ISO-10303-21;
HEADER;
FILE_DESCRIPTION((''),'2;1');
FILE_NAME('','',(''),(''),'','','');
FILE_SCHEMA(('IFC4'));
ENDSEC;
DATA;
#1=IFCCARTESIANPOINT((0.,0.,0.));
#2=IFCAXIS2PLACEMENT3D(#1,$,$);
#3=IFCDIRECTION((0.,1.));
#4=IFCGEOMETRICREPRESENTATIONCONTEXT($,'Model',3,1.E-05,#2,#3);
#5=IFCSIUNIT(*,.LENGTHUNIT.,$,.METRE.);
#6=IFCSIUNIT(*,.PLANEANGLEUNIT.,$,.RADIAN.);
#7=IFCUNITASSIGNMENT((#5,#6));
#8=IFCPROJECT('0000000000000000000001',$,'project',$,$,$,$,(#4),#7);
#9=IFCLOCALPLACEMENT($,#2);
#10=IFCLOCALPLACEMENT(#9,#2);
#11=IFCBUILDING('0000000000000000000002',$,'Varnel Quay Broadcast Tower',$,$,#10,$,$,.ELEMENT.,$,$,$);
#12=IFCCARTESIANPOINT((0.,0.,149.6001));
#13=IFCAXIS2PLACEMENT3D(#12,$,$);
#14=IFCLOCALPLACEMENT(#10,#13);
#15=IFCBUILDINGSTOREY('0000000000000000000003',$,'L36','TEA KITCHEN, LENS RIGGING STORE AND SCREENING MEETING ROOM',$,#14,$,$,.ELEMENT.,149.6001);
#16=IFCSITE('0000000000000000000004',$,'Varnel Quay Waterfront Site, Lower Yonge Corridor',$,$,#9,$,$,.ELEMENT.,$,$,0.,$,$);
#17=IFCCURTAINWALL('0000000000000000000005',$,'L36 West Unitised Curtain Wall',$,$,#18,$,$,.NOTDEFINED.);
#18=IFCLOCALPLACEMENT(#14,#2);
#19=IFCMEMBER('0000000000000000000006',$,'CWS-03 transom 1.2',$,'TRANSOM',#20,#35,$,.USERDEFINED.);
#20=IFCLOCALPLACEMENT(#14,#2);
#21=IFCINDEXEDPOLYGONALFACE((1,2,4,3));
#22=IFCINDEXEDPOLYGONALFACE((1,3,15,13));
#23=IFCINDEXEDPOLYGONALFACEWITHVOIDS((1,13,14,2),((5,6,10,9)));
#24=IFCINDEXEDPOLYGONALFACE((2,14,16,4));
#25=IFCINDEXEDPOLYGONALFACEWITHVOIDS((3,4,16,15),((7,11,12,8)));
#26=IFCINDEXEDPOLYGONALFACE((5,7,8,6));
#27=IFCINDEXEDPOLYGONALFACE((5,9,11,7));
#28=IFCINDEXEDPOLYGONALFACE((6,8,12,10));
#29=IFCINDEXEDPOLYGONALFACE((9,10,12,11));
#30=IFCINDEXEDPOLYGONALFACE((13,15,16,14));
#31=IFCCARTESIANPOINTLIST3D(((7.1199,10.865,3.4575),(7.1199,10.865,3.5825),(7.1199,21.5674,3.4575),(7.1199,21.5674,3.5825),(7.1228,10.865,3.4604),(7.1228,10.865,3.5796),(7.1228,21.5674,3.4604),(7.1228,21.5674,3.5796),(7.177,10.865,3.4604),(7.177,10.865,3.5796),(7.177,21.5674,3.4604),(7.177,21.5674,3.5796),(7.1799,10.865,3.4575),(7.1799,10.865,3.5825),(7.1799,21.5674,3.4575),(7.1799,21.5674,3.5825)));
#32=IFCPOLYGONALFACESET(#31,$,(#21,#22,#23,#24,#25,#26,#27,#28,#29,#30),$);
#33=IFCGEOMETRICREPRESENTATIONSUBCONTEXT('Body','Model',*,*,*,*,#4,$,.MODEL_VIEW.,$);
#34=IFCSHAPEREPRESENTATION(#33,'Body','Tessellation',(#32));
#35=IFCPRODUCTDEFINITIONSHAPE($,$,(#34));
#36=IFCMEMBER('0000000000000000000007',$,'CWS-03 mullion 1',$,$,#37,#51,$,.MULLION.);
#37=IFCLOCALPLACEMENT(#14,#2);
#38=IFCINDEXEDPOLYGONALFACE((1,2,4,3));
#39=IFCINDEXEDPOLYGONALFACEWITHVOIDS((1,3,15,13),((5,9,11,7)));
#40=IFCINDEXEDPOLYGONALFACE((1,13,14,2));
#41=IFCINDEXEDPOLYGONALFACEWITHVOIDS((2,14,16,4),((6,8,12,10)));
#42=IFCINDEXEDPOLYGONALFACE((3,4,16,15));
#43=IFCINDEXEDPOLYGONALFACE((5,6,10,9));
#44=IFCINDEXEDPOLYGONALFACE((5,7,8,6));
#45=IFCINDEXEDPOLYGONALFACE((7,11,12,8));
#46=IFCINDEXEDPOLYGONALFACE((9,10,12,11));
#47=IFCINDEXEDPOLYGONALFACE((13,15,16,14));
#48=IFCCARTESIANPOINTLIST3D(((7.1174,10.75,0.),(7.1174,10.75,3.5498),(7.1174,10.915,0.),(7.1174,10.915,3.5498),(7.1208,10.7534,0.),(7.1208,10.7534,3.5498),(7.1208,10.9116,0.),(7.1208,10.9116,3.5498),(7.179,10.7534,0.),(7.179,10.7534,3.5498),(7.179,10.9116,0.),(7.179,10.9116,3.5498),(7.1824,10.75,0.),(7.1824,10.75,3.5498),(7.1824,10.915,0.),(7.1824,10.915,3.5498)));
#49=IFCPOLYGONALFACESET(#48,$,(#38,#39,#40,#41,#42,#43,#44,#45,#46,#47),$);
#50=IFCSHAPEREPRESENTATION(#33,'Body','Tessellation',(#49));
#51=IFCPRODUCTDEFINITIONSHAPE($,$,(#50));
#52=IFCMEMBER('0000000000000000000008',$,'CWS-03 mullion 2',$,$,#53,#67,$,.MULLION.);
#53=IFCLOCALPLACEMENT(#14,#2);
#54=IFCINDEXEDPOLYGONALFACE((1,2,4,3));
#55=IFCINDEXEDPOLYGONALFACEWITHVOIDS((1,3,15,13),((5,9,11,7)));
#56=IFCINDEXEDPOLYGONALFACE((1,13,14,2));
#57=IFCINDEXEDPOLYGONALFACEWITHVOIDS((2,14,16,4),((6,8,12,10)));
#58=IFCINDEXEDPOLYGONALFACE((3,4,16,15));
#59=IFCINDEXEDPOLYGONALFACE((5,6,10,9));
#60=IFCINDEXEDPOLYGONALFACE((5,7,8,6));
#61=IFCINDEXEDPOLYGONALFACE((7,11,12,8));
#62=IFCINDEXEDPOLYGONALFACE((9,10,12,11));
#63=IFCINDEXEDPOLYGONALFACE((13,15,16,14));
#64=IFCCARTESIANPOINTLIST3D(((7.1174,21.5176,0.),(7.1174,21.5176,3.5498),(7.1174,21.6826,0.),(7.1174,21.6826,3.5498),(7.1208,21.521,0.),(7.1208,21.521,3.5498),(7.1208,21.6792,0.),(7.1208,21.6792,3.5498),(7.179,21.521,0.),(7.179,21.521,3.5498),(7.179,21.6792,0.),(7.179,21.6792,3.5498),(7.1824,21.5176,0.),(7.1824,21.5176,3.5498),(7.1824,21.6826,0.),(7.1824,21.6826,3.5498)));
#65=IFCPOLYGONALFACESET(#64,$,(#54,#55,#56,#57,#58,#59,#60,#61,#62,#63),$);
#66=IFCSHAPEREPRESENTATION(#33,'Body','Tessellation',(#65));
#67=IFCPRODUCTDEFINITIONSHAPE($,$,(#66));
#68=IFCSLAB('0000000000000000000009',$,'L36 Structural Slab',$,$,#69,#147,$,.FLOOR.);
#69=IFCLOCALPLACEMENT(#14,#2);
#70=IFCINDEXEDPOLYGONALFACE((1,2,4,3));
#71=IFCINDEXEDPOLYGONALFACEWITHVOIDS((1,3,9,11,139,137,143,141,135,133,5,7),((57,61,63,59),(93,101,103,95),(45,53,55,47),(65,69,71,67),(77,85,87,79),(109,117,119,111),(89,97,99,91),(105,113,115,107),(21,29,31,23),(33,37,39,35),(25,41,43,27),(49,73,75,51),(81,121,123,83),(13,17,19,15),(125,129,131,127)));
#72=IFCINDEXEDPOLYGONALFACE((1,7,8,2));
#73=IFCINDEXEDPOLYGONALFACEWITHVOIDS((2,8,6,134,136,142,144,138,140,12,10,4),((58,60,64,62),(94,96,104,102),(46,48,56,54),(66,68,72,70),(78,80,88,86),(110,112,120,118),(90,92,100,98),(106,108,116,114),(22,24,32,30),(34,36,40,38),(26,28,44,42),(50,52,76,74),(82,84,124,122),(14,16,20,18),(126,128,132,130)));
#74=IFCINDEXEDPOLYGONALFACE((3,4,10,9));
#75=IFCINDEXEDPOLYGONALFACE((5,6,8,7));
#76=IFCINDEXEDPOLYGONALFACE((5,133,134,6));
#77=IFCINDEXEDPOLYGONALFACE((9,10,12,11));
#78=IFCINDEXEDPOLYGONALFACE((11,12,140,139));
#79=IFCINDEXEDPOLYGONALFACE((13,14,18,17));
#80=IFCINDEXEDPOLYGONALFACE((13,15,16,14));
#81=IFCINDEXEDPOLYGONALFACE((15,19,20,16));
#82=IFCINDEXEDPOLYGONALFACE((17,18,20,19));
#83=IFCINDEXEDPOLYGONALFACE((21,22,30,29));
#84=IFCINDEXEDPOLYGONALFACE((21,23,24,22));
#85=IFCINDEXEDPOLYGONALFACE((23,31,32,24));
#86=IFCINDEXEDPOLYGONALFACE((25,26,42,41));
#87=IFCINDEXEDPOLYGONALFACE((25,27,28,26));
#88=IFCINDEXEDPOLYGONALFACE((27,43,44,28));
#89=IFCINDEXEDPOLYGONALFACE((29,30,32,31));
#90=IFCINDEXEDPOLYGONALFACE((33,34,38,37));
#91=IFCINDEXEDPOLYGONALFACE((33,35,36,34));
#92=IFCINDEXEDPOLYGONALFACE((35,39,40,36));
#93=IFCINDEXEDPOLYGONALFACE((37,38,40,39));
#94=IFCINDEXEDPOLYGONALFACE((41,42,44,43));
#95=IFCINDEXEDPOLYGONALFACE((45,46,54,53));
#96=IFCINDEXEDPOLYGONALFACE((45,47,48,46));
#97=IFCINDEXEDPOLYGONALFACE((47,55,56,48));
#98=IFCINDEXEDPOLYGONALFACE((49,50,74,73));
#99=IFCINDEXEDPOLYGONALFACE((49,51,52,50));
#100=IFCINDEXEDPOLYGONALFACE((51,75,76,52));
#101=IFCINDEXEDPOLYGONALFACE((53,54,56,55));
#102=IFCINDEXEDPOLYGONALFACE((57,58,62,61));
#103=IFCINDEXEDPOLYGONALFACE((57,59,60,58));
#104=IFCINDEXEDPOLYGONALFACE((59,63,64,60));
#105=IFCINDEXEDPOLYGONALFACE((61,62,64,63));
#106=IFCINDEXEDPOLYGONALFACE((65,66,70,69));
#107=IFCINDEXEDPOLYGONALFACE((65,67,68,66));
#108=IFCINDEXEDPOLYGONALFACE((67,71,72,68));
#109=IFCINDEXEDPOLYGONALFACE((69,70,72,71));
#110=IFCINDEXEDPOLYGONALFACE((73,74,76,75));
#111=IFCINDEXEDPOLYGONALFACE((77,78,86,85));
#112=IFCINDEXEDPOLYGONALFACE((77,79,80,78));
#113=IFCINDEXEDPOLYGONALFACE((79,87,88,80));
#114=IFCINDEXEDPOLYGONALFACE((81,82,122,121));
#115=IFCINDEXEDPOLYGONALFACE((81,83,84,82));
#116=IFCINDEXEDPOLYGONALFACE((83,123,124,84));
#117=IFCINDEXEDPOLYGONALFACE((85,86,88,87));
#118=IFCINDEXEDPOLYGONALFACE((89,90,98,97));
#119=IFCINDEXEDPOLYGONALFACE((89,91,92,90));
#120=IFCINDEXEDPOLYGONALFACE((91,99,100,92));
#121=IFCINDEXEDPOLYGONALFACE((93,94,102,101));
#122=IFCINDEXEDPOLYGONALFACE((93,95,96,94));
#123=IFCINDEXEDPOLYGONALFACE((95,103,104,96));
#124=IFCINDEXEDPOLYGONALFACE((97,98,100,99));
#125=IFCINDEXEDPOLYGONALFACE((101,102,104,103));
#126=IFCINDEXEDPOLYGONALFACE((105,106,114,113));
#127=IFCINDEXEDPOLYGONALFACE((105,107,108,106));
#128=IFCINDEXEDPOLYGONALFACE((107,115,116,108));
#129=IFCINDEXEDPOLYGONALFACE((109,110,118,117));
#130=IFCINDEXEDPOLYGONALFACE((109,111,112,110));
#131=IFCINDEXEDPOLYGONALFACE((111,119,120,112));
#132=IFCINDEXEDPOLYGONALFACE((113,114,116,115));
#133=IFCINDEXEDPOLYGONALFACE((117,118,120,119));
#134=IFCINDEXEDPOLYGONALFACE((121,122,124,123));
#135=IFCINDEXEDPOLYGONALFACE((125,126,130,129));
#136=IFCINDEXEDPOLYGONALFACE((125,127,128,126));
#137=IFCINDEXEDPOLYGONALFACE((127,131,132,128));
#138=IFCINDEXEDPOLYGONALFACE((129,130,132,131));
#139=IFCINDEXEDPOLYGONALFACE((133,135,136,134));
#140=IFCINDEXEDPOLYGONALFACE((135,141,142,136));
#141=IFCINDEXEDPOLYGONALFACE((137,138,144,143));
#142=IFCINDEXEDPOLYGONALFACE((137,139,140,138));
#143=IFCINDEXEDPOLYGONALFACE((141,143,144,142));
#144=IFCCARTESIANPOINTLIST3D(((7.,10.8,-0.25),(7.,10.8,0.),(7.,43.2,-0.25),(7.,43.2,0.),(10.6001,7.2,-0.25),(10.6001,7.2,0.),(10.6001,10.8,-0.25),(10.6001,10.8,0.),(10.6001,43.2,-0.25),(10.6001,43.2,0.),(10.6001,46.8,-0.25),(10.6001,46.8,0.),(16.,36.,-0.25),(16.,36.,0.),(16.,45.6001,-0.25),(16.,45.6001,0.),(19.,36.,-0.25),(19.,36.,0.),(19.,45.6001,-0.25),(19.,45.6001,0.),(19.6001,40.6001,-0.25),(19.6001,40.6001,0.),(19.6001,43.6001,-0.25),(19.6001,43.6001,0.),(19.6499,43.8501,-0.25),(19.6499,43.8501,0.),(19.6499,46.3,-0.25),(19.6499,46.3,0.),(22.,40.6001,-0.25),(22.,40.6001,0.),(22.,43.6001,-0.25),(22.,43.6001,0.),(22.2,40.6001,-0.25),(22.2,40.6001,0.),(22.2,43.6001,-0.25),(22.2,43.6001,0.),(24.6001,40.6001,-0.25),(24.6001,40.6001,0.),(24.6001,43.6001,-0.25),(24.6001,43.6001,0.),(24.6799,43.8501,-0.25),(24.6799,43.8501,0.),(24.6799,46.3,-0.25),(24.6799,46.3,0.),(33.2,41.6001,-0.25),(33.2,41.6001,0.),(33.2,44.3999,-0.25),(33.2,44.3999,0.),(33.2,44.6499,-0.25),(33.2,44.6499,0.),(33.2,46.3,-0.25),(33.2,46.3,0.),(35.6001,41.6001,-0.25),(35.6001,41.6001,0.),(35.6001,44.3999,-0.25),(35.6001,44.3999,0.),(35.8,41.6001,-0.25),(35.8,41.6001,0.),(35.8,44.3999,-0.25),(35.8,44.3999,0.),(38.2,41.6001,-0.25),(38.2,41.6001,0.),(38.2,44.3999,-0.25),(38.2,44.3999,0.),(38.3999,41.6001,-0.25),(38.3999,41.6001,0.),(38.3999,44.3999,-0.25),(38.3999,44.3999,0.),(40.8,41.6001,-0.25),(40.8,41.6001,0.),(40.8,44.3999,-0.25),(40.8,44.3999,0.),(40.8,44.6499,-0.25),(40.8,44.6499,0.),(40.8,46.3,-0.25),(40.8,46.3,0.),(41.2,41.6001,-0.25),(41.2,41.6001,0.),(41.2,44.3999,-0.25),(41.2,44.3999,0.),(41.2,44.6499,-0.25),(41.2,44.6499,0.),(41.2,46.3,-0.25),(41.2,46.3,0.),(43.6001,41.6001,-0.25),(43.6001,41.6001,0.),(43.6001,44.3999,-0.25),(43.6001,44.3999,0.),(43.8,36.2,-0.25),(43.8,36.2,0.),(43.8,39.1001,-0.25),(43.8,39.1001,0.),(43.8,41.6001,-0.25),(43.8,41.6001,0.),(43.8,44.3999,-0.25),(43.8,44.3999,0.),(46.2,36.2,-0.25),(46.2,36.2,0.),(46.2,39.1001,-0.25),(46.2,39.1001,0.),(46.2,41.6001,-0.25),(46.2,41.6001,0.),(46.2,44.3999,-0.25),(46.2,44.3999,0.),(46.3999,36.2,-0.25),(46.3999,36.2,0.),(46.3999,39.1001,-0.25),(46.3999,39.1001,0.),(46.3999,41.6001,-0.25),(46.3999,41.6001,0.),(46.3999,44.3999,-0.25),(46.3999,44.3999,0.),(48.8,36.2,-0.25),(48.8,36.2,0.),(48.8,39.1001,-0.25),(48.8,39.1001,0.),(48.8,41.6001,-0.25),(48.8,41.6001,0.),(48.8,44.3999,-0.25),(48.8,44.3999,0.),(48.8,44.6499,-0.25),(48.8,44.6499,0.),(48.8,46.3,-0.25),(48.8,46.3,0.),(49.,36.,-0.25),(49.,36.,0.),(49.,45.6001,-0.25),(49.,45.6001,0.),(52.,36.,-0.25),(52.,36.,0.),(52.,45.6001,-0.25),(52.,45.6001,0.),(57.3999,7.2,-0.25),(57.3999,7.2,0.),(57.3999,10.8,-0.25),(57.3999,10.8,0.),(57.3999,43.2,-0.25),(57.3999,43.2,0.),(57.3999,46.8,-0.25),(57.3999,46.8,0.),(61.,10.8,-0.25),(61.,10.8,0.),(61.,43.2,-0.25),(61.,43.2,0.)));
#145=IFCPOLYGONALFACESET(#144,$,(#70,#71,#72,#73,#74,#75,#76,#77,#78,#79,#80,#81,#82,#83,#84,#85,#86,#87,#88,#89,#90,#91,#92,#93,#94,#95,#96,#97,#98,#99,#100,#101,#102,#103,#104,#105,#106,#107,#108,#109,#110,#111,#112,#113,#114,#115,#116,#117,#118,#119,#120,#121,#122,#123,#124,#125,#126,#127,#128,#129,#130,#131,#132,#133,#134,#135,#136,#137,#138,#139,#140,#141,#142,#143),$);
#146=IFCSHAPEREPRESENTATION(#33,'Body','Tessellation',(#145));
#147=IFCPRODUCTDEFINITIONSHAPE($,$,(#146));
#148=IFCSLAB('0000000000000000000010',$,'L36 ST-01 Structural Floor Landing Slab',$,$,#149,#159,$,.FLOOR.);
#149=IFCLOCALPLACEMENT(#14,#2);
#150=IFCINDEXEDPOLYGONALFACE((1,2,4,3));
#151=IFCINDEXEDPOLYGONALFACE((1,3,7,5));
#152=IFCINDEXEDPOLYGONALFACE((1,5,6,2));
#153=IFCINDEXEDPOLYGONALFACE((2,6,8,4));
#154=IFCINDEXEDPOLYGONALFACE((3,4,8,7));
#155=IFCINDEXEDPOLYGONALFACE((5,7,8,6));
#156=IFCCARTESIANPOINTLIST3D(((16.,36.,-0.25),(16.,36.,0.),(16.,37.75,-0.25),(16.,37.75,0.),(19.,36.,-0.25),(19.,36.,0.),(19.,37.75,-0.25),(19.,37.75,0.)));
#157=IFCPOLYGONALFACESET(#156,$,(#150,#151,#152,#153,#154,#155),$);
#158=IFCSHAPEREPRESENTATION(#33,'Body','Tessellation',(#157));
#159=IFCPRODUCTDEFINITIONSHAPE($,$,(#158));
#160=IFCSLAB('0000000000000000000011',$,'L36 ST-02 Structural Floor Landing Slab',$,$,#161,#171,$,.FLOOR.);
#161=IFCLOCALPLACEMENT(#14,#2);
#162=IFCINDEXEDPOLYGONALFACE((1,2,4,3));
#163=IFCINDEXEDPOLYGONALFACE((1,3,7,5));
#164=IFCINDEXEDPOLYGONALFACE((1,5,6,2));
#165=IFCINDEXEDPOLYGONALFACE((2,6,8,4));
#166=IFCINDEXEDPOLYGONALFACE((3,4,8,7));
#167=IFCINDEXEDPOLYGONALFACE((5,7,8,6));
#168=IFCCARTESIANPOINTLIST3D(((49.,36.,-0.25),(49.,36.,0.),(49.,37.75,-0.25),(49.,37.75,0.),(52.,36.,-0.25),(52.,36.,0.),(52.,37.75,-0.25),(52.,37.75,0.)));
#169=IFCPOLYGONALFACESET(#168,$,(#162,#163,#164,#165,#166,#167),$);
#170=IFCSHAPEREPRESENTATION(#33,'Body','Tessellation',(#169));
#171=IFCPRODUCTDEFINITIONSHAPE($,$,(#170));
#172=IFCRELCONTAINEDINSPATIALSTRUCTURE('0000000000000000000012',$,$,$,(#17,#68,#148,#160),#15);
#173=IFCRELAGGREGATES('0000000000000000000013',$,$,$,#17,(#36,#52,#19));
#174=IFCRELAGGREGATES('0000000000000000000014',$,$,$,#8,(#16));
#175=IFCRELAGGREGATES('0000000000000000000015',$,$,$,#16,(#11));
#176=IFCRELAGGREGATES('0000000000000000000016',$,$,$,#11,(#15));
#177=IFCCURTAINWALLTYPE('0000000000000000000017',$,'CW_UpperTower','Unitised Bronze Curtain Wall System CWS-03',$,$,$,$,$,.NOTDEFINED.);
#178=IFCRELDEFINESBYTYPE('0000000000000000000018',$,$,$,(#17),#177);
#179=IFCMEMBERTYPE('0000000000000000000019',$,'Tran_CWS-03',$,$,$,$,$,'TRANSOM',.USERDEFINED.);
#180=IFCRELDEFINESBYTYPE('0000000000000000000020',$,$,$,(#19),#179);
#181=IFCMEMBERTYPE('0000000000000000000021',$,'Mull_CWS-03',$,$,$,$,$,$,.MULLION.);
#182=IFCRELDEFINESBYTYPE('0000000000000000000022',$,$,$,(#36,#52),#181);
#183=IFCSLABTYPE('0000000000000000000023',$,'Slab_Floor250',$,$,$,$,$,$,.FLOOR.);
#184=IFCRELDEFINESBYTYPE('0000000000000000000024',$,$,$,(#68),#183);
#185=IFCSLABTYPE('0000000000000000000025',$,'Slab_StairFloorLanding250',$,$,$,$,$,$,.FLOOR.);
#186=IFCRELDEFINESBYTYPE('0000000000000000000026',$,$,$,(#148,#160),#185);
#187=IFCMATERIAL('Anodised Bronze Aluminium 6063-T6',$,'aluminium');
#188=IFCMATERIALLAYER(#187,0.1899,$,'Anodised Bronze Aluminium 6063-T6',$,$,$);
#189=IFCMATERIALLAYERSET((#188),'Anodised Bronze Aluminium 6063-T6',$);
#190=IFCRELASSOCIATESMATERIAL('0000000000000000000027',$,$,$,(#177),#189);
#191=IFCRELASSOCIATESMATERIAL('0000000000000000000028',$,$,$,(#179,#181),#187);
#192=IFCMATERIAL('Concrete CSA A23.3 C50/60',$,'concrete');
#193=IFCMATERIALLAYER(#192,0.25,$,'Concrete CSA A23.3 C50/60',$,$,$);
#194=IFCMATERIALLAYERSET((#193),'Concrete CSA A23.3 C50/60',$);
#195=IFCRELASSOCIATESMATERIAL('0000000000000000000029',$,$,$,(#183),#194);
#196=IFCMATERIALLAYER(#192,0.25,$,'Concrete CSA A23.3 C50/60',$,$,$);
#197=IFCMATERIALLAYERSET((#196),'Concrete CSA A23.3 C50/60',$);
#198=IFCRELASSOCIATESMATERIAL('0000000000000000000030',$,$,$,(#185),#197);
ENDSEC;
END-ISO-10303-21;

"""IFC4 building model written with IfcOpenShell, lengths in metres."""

from ifc_helpers import new_model, si_unit, direction, frame, origin, origin_2d, place, context, subcontext, project, spatial, polyline, hollow_rectangle, outline, extrude, source, transform, mapped, material, layer, layer_set, material_profile, profile_set, type_object, type_shapes, element, aggregate, save


model = new_model("IFC4")

# Units and contexts
model_context = context("Model", 3, precision=1e-05, world=origin(), true_north=direction((0.0, 1.0)))
body_context = subcontext(model_context, "Body", "Model", "MODEL_VIEW")
ifc_project = project(units=[si_unit("LENGTHUNIT", "METRE"), si_unit("PLANEANGLEUNIT", "RADIAN")], contexts=[model_context])

# Site, building, storey
site_placement = place(None, origin())
site = spatial("IfcSite", under=ifc_project, at=site_placement, Name="Varnel Quay Waterfront Site, Lower Yonge Corridor", CompositionType="ELEMENT", RefElevation=0.0)
building_placement = place(site_placement, origin())
building = spatial("IfcBuilding", under=site, at=building_placement, Name="Varnel Quay Broadcast Tower", CompositionType="ELEMENT")
storey_placement = place(building_placement, frame((0.0, 0.0, 149.6001)))
storey = spatial("IfcBuildingStorey", under=building, at=storey_placement, Name="L36", Description="TEA KITCHEN, LENS RIGGING STORE AND SCREENING MEETING ROOM", CompositionType="ELEMENT", Elevation=149.6001)

# Curtain wall, members
ifc_material_1 = material(Name="Anodised Bronze Aluminium 6063-T6", Category="aluminium")
ifc_layer_1 = layer(ifc_material_1, 0.1899, Name="Anodised Bronze Aluminium 6063-T6")
ifc_layer_set_1 = layer_set([ifc_layer_1], Name="Anodised Bronze Aluminium 6063-T6")
curtain_wall_type_1 = type_object("IfcCurtainWallType", Name="CW_UpperTower", Description="Unitised Bronze Curtain Wall System CWS-03", PredefinedType="NOTDEFINED", material=ifc_layer_set_1)
curtain_wall_1_placement = place(storey_placement, origin())
curtain_wall_1 = element("IfcCurtainWall", 1, at=curtain_wall_1_placement, inside=storey, type_object=curtain_wall_type_1, Name="L36 West Unitised Curtain Wall", PredefinedType="NOTDEFINED")
ifc_material_profile_1 = material_profile(ifc_material_1, hollow_rectangle(XDim=0.0601, YDim=0.125, WallThickness=0.0029, at=origin_2d()), Name="ALU60X125X3")
ifc_profile_set_1 = profile_set([ifc_material_profile_1], Name="Anodised Bronze Aluminium 6063-T6")
member_type_1 = type_object("IfcMemberType", Name="Tran_CWS-03", ElementType="TRANSOM", PredefinedType="USERDEFINED", material=ifc_profile_set_1)
shared_shape_1 = source(origin(), body_context, "Body", "SweptSolid", [
    extrude(hollow_rectangle(XDim=0.0601, YDim=0.125, WallThickness=0.0029, at=origin_2d()), origin(), (0.0, 0.0, 1.0), 10.7024),
])
type_shapes(member_type_1, [shared_shape_1])
member_1_placement = place(storey_placement, frame((7.1499, 10.865, 3.52), z_axis=(0.0, 1.0, 0.0), x_axis=(-1.0, 0.0, 0.0)))
member_1 = element("IfcMember", 2, at=member_1_placement, type_object=member_type_1, Name="CWS-03 transom 1.2", ObjectType="TRANSOM", PredefinedType="USERDEFINED", context=body_context, shape_type="MappedRepresentation", body=[
    mapped(shared_shape_1, transform((0.0, 0.0, 0.0), x_axis=(1.0, 0.0, 0.0), y_axis=(0.0, 1.0, 0.0), z_axis=(0.0, 0.0, 1.0), scale=1.0)),
])
ifc_material_profile_2 = material_profile(ifc_material_1, hollow_rectangle(XDim=0.0649, YDim=0.165, WallThickness=0.0034, at=origin_2d()), Name="ALU65X165X3.5")
ifc_profile_set_2 = profile_set([ifc_material_profile_2], Name="Anodised Bronze Aluminium 6063-T6")
member_type_2 = type_object("IfcMemberType", Name="Mull_CWS-03", PredefinedType="MULLION", material=ifc_profile_set_2)
shared_shape_2 = source(origin(), body_context, "Body", "SweptSolid", [
    extrude(hollow_rectangle(XDim=0.0649, YDim=0.165, WallThickness=0.0034, at=origin_2d()), origin(), (0.0, 0.0, 1.0), 3.5498),
])
type_shapes(member_type_2, [shared_shape_2])
member_2_placement = place(storey_placement, frame((7.1499, 10.8325, 0.0), z_axis=(0.0, 0.0, 1.0), x_axis=(-1.0, 0.0, 0.0)))
member_2 = element("IfcMember", 3, at=member_2_placement, type_object=member_type_2, Name="CWS-03 mullion 1", PredefinedType="MULLION", context=body_context, shape_type="MappedRepresentation", body=[
    mapped(shared_shape_2, transform((0.0, 0.0, 0.0), x_axis=(1.0, 0.0, 0.0), y_axis=(0.0, 1.0, 0.0), z_axis=(0.0, 0.0, 1.0), scale=1.0)),
])
member_3_placement = place(storey_placement, frame((7.1499, 21.6001, 0.0), z_axis=(0.0, 0.0, 1.0), x_axis=(-1.0, 0.0, 0.0)))
member_3 = element("IfcMember", 4, at=member_3_placement, type_object=member_type_2, Name="CWS-03 mullion 2", PredefinedType="MULLION", context=body_context, shape_type="MappedRepresentation", body=[
    mapped(shared_shape_2, transform((0.0, 0.0, 0.0), x_axis=(1.0, 0.0, 0.0), y_axis=(0.0, 1.0, 0.0), z_axis=(0.0, 0.0, 1.0), scale=1.0)),
])

# Slabs
ifc_material_2 = material(Name="Concrete CSA A23.3 C50/60", Category="concrete")
ifc_layer_2 = layer(ifc_material_2, 0.25, Name="Concrete CSA A23.3 C50/60")
ifc_layer_set_2 = layer_set([ifc_layer_2], Name="Concrete CSA A23.3 C50/60")
slab_type_1 = type_object("IfcSlabType", Name="Slab_Floor250", PredefinedType="FLOOR", material=ifc_layer_set_2)
slab_1_placement = place(storey_placement, frame((0.0, 0.0, -0.25)))
element("IfcSlab", 5, at=slab_1_placement, inside=storey, type_object=slab_type_1, Name="L36 Structural Slab", PredefinedType="FLOOR", context=body_context, shape_type="SweptSolid", body=[
    extrude(outline(polyline([(10.6001, 7.2), (57.3999, 7.2), (57.3999, 10.8), (61.0, 10.8), (61.0, 43.2), (57.3999, 43.2), (57.3999, 46.8), (10.6001, 46.8), (10.6001, 43.2), (7.0, 43.2), (7.0, 10.8), (10.6001, 10.8), (10.6001, 7.2)]), holes=[polyline([(19.0, 36.0), (16.0, 36.0), (16.0, 45.6001), (19.0, 45.6001), (19.0, 36.0)]), polyline([(19.6001, 43.6001), (22.0, 43.6001), (22.0, 40.6001), (19.6001, 40.6001), (19.6001, 43.6001)]), polyline([(22.2, 43.6001), (24.6001, 43.6001), (24.6001, 40.6001), (22.2, 40.6001), (22.2, 43.6001)]), polyline([(33.2, 44.3999), (35.6001, 44.3999), (35.6001, 41.6001), (33.2, 41.6001), (33.2, 44.3999)]), polyline([(35.8, 44.3999), (38.2, 44.3999), (38.2, 41.6001), (35.8, 41.6001), (35.8, 44.3999)]), polyline([(38.3999, 44.3999), (40.8, 44.3999), (40.8, 41.6001), (38.3999, 41.6001), (38.3999, 44.3999)]), polyline([(19.6499, 46.3), (24.6799, 46.3), (24.6799, 43.8501), (19.6499, 43.8501), (19.6499, 46.3)]), polyline([(33.2, 46.3), (40.8, 46.3), (40.8, 44.6499), (33.2, 44.6499), (33.2, 46.3)]), polyline([(43.8, 39.1001), (46.2, 39.1001), (46.2, 36.2), (43.8, 36.2), (43.8, 39.1001)]), polyline([(46.3999, 39.1001), (48.8, 39.1001), (48.8, 36.2), (46.3999, 36.2), (46.3999, 39.1001)]), polyline([(49.0, 36.0), (49.0, 45.6001), (52.0, 45.6001), (52.0, 36.0), (49.0, 36.0)]), polyline([(41.2, 44.3999), (43.6001, 44.3999), (43.6001, 41.6001), (41.2, 41.6001), (41.2, 44.3999)]), polyline([(43.8, 44.3999), (46.2, 44.3999), (46.2, 41.6001), (43.8, 41.6001), (43.8, 44.3999)]), polyline([(46.3999, 44.3999), (48.8, 44.3999), (48.8, 41.6001), (46.3999, 41.6001), (46.3999, 44.3999)]), polyline([(41.2, 46.3), (48.8, 46.3), (48.8, 44.6499), (41.2, 44.6499), (41.2, 46.3)])]), origin(), (0.0, 0.0, 1.0), 0.25),
])
ifc_layer_3 = layer(ifc_material_2, 0.25, Name="Concrete CSA A23.3 C50/60")
ifc_layer_set_3 = layer_set([ifc_layer_3], Name="Concrete CSA A23.3 C50/60")
slab_type_2 = type_object("IfcSlabType", Name="Slab_StairFloorLanding250", PredefinedType="FLOOR", material=ifc_layer_set_3)
slab_2_placement = place(storey_placement, frame((0.0, 0.0, -0.25)))
element("IfcSlab", 6, at=slab_2_placement, inside=storey, type_object=slab_type_2, Name="L36 ST-01 Structural Floor Landing Slab", PredefinedType="FLOOR", context=body_context, shape_type="SweptSolid", body=[
    extrude(outline(polyline([(19.0, 36.0), (19.0, 37.75), (16.0, 37.75), (16.0, 36.0), (19.0, 36.0)])), origin(), (0.0, 0.0, 1.0), 0.25),
])
slab_3_placement = place(storey_placement, frame((0.0, 0.0, -0.25)))
element("IfcSlab", 7, at=slab_3_placement, inside=storey, type_object=slab_type_2, Name="L36 ST-02 Structural Floor Landing Slab", PredefinedType="FLOOR", context=body_context, shape_type="SweptSolid", body=[
    extrude(outline(polyline([(52.0, 36.0), (52.0, 37.75), (49.0, 37.75), (49.0, 36.0), (52.0, 36.0)])), origin(), (0.0, 0.0, 1.0), 0.25),
])

aggregate(curtain_wall_1, [member_2, member_3, member_1])

save(model, "model.ifc")
